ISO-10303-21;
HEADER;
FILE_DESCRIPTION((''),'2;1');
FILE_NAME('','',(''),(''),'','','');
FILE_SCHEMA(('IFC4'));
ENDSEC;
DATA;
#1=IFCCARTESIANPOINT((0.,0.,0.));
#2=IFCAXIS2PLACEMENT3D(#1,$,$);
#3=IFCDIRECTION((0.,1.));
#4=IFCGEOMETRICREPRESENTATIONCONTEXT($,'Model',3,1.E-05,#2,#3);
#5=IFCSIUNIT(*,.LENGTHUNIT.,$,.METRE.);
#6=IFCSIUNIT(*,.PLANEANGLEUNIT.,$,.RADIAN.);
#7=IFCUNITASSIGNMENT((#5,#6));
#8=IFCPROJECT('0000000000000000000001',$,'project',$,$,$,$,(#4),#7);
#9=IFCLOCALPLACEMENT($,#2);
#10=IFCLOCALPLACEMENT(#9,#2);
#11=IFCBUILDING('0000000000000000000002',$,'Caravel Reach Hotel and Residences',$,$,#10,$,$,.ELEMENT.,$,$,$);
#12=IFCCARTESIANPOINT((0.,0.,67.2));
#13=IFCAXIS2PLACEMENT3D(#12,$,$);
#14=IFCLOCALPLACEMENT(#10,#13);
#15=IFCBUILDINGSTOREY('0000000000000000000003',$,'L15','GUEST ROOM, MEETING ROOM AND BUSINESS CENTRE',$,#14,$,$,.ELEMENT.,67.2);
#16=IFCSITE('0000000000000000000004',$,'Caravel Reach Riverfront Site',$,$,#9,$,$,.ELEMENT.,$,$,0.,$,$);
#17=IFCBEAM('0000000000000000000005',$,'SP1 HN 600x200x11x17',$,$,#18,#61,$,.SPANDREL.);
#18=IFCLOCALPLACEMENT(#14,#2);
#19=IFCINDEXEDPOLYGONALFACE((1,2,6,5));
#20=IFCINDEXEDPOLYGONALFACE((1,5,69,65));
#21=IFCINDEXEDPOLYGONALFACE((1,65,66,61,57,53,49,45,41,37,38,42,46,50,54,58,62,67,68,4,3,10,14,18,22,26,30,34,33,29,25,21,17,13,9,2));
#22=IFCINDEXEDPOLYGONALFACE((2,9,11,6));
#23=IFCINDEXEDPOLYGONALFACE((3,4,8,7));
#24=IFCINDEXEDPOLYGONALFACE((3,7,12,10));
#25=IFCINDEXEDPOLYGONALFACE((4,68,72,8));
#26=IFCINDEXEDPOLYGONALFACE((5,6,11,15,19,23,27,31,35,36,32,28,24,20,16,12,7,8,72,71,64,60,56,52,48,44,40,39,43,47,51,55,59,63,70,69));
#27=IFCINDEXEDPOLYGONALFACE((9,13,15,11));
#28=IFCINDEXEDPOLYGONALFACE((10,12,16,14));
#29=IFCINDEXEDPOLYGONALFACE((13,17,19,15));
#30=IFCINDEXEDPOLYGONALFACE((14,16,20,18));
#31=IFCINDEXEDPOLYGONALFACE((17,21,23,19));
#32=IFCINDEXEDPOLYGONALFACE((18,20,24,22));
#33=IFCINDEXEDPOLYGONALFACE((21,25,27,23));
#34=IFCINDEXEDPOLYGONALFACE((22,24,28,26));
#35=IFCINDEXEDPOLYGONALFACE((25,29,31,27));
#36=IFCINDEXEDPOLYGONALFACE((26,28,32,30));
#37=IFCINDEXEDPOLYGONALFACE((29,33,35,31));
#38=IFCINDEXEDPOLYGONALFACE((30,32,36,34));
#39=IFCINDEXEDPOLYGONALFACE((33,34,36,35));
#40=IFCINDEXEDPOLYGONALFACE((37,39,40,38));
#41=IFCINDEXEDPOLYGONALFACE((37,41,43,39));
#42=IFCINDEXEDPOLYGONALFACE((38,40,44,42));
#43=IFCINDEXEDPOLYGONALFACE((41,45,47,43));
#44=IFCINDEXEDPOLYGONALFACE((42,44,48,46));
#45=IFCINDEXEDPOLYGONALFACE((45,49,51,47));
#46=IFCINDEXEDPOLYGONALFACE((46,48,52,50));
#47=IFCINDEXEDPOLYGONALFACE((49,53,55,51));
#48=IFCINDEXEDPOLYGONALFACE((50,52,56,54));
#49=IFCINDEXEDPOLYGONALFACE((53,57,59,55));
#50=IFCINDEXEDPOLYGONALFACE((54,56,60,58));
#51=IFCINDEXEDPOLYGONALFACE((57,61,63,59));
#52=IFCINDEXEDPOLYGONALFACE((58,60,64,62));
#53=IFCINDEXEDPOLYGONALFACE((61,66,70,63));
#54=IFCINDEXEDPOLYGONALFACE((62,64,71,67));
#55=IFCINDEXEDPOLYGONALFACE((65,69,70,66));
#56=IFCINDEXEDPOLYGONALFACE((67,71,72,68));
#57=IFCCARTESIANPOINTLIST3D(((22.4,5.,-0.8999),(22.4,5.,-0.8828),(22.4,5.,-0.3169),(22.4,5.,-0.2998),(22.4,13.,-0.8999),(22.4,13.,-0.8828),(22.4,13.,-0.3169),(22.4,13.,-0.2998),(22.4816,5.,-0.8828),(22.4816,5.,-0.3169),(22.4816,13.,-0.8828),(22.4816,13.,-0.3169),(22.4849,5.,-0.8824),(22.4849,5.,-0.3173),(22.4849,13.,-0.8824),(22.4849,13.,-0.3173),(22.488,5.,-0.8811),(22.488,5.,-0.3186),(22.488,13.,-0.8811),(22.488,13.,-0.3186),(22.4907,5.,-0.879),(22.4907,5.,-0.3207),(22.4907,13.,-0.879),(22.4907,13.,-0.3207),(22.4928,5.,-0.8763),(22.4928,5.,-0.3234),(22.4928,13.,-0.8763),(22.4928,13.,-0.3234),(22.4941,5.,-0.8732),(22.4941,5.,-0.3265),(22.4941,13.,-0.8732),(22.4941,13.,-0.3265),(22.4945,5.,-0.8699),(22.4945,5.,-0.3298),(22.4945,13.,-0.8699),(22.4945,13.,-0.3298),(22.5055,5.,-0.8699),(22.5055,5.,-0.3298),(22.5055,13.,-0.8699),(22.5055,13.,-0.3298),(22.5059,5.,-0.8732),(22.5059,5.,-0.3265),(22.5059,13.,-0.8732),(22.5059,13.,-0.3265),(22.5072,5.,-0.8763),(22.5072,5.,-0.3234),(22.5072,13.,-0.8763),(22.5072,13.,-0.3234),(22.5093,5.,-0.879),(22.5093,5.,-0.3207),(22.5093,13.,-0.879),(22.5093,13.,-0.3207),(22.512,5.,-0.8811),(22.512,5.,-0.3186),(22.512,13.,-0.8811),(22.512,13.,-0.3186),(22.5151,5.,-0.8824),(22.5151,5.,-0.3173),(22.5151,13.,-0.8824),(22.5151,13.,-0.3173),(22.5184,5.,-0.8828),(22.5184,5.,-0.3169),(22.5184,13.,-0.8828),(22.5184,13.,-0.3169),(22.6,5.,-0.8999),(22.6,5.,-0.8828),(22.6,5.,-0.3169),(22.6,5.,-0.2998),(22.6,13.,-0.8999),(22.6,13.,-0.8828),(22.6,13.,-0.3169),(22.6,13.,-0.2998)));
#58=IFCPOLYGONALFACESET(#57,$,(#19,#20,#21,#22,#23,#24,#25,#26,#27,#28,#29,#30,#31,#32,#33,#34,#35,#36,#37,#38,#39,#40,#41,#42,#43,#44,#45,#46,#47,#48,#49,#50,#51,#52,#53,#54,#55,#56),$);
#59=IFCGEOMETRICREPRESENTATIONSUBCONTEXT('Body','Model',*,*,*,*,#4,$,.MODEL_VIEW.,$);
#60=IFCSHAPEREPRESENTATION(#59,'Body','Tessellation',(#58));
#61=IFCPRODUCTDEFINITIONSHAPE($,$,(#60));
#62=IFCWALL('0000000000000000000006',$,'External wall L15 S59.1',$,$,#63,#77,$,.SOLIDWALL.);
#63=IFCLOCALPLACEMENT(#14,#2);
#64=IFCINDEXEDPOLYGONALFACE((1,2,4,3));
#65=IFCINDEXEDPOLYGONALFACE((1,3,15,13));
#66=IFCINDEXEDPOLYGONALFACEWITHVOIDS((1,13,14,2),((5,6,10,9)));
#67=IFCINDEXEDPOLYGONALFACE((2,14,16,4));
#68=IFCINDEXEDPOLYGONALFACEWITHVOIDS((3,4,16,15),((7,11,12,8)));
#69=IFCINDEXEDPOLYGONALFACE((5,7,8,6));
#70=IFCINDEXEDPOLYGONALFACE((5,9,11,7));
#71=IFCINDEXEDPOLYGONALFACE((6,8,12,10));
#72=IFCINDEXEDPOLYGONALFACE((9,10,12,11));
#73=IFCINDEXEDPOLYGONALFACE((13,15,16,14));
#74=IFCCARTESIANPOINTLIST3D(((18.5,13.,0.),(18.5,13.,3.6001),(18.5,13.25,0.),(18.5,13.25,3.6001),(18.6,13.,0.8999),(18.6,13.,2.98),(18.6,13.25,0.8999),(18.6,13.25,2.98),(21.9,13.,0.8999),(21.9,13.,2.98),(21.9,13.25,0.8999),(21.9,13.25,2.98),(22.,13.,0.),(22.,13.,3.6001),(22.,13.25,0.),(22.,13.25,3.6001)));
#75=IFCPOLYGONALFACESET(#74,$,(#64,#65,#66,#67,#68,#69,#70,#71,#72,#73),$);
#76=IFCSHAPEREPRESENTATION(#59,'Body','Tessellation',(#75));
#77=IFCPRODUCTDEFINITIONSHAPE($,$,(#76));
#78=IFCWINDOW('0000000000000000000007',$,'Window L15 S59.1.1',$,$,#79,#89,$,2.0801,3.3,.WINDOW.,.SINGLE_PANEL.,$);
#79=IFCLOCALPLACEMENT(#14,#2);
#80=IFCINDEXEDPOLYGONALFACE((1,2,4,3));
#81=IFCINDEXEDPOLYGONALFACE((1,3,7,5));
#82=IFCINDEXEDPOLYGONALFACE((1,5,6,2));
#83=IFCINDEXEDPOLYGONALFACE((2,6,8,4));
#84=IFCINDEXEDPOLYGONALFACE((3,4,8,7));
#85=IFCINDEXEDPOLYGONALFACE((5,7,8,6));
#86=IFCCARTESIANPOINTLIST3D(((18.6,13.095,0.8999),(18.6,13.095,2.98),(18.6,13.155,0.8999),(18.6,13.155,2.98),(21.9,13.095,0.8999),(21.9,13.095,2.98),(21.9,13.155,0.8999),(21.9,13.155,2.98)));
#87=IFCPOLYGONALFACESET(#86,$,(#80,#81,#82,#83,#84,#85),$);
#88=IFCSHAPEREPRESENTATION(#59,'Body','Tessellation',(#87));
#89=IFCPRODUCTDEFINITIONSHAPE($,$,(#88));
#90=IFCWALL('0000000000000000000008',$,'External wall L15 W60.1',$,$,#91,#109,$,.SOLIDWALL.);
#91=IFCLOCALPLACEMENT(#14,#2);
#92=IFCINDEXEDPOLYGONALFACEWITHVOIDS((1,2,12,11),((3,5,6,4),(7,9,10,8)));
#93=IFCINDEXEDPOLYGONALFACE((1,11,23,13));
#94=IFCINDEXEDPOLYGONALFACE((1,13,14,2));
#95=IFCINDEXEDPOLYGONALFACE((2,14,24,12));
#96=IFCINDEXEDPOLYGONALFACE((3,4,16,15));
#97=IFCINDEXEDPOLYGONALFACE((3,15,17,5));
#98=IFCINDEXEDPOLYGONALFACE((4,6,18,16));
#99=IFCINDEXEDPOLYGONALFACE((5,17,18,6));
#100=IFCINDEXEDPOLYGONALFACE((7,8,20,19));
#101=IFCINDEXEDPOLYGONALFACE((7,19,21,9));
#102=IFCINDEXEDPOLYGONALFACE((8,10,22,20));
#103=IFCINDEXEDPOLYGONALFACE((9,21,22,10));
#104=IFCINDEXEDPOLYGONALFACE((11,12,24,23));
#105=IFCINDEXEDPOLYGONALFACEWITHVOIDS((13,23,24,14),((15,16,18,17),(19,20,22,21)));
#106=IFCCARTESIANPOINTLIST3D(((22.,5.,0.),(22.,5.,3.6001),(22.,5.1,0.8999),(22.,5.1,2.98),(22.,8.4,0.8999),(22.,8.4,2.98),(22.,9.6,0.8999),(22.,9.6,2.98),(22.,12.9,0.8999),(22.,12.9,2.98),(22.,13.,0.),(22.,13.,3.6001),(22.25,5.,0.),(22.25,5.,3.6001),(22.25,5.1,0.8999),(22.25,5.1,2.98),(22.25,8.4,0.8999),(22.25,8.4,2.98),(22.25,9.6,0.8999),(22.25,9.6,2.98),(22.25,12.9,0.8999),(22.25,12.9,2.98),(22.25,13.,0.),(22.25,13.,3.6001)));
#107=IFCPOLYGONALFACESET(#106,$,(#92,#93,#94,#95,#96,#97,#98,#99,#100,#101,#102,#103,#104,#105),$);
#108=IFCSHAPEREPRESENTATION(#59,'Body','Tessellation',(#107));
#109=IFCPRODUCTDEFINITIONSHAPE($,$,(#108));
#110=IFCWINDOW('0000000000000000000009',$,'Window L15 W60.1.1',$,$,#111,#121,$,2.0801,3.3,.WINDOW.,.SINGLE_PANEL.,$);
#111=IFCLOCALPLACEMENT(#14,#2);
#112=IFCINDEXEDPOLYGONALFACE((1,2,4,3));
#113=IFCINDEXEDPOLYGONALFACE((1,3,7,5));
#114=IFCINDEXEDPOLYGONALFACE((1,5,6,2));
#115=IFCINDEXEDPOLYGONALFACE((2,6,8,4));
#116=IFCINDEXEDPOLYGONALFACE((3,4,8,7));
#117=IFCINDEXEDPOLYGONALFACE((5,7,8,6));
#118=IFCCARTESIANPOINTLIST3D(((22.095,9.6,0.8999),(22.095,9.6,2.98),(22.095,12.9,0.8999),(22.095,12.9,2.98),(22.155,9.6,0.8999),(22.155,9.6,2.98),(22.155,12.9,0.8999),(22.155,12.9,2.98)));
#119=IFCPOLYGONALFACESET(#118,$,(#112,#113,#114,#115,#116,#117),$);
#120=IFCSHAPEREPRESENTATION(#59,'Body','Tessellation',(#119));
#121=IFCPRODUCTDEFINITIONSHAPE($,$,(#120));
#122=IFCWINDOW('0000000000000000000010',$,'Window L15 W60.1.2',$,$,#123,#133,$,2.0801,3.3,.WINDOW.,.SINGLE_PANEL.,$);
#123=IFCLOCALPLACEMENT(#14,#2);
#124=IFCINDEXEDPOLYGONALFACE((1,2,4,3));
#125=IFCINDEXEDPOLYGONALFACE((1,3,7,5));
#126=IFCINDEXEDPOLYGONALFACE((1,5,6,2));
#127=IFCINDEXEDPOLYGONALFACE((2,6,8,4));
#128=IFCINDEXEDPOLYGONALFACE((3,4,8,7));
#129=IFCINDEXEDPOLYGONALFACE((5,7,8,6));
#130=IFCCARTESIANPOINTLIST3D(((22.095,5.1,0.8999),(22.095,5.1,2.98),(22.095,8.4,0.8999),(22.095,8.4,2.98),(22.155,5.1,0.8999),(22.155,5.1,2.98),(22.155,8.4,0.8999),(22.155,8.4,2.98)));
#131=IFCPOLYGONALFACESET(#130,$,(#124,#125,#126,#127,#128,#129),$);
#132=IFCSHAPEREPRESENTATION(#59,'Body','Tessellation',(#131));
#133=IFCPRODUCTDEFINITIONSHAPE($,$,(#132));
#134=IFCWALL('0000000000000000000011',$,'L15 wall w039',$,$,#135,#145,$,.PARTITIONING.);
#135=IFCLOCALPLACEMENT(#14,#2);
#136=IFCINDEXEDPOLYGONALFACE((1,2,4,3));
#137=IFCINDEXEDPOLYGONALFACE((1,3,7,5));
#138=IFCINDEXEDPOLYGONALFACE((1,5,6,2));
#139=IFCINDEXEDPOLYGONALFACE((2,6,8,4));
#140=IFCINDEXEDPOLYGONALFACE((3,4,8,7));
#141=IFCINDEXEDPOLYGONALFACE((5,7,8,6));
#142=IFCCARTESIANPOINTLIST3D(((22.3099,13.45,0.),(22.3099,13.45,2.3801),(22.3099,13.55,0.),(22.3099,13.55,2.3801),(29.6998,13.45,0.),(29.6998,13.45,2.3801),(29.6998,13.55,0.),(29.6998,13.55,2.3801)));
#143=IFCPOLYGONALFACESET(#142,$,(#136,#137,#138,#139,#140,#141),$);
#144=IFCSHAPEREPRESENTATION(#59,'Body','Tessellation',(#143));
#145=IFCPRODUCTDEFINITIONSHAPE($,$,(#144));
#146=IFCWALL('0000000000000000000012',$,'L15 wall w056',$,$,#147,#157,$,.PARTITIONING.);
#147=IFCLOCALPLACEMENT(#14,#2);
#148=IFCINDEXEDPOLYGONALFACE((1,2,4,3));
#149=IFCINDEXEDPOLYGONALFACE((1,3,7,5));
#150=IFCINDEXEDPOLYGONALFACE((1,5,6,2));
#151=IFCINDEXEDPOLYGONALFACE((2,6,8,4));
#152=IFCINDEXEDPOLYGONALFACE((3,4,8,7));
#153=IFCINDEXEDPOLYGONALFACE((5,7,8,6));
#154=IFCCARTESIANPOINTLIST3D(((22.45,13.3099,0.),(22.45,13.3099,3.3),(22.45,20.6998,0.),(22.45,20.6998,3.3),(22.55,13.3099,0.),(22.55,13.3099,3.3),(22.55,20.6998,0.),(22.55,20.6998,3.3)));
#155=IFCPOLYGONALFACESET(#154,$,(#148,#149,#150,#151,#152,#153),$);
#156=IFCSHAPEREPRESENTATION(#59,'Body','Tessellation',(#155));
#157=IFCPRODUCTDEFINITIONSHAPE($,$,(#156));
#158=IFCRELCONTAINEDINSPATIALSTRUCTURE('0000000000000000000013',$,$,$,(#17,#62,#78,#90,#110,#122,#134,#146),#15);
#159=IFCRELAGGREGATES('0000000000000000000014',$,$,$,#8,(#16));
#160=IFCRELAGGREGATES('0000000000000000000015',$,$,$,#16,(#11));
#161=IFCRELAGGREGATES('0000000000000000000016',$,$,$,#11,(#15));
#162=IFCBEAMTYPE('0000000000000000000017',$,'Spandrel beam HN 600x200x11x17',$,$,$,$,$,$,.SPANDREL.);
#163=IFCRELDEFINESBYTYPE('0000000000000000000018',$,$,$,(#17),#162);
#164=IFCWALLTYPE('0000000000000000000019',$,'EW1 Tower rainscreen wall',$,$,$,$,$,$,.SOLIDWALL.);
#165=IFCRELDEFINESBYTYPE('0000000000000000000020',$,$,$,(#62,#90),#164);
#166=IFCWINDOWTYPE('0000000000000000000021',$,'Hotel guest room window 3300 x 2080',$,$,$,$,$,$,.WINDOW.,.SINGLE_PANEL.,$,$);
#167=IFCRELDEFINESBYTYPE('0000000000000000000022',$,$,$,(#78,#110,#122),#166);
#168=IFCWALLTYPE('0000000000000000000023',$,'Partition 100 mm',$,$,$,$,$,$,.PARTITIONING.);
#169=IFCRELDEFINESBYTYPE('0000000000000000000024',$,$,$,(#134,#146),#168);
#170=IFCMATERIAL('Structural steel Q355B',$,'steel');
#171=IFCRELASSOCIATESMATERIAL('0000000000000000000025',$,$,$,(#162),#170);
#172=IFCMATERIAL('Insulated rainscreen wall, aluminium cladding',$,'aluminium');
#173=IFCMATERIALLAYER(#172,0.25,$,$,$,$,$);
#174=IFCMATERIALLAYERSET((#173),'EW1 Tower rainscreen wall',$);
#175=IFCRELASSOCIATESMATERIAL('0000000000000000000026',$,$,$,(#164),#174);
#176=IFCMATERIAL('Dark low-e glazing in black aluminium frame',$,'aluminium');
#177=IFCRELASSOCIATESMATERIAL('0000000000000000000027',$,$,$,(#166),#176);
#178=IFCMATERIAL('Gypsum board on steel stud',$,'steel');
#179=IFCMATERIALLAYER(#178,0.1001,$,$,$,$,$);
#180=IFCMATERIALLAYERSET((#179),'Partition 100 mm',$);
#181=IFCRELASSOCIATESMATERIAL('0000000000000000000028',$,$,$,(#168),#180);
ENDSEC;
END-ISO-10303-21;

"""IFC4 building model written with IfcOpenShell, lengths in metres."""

from ifc_helpers import new_model, si_unit, direction, frame, frame_2d, origin, origin_2d, place, context, subcontext, project, spatial, rectangle, i_section, extrude, material, layer, layer_set, material_profile, profile_set, type_object, element, fill, save


model = new_model("IFC4")

# Units and contexts
model_context = context("Model", 3, precision=1e-05, world=origin(), true_north=direction((0.0, 1.0)))
body_context = subcontext(model_context, "Body", "Model", "MODEL_VIEW")
ifc_project = project(units=[si_unit("LENGTHUNIT", "METRE"), si_unit("PLANEANGLEUNIT", "RADIAN")], contexts=[model_context])

# Site, building, storey
site_placement = place(None, origin())
site = spatial("IfcSite", under=ifc_project, at=site_placement, Name="Caravel Reach Riverfront Site", CompositionType="ELEMENT", RefElevation=0.0)
building_placement = place(site_placement, origin())
building = spatial("IfcBuilding", under=site, at=building_placement, Name="Caravel Reach Hotel and Residences", CompositionType="ELEMENT")
storey_placement = place(building_placement, frame((0.0, 0.0, 67.2)))
storey = spatial("IfcBuildingStorey", under=building, at=storey_placement, Name="L15", Description="GUEST ROOM, MEETING ROOM AND BUSINESS CENTRE", CompositionType="ELEMENT", Elevation=67.2)

# Beam
ifc_material_1 = material(Name="Structural steel Q355B", Category="steel")
ifc_material_profile_1 = material_profile(ifc_material_1, i_section(OverallWidth=0.2, OverallDepth=0.6001, WebThickness=0.011, FlangeThickness=0.0171, FilletRadius=0.0129, at=origin_2d()), Name="HN 600x200x11x17")
ifc_profile_set_1 = profile_set([ifc_material_profile_1], Name="Structural steel Q355B")
beam_type_1 = type_object("IfcBeamType", Name="Spandrel beam HN 600x200x11x17", PredefinedType="SPANDREL", material=ifc_profile_set_1)
beam_1_placement = place(storey_placement, frame((22.5, 13.0, -0.5999), z_axis=(0.0, -1.0, 0.0), x_axis=(1.0, 0.0, 0.0)))
element("IfcBeam", 1, at=beam_1_placement, inside=storey, type_object=beam_type_1, Name="SP1 HN 600x200x11x17", PredefinedType="SPANDREL", context=body_context, shape_type="SweptSolid", body=[
    extrude(i_section(OverallWidth=0.2, OverallDepth=0.6001, WebThickness=0.011, FlangeThickness=0.0171, FilletRadius=0.0129, at=origin_2d()), origin(), (0.0, 0.0, 1.0), 8.0),
])

# Wall, opening, window
ifc_material_2 = material(Name="Insulated rainscreen wall, aluminium cladding", Category="aluminium")
ifc_layer_1 = layer(ifc_material_2, 0.25)
ifc_layer_set_1 = layer_set([ifc_layer_1], Name="EW1 Tower rainscreen wall")
wall_type_1 = type_object("IfcWallType", Name="EW1 Tower rainscreen wall", PredefinedType="SOLIDWALL", material=ifc_layer_set_1)
wall_1_placement = place(storey_placement, frame((18.5, 13.125, 0.0), z_axis=(0.0, 0.0, 1.0), x_axis=(1.0, 0.0, 0.0)))
wall_1 = element("IfcWall", 2, at=wall_1_placement, inside=storey, type_object=wall_type_1, Name="External wall L15 S59.1", PredefinedType="SOLIDWALL", context=body_context, shape_type="SweptSolid", body=[
    extrude(rectangle(XDim=3.5, YDim=0.25, at=frame_2d((1.75, 0.0))), origin(), (0.0, 0.0, 1.0), 3.6001),
])
opening_1_placement = place(wall_1_placement, frame((0.1001, 0.0, 0.8999)))
opening_1 = element("IfcOpeningElement", 3, at=opening_1_placement, cuts=wall_1, PredefinedType="OPENING", context=body_context, shape_type="SweptSolid", body=[
    extrude(rectangle(XDim=3.3, YDim=2.0801, at=frame_2d((1.6499, 1.04))), frame((0.0, 0.135, 0.0), z_axis=(0.0, -1.0, 0.0), x_axis=(1.0, 0.0, 0.0)), (0.0, 0.0, 1.0), 0.27),
])
ifc_material_3 = material(Name="Dark low-e glazing in black aluminium frame", Category="aluminium")
window_type = type_object("IfcWindowType", Name="Hotel guest room window 3300 x 2080", PartitioningType="SINGLE_PANEL", PredefinedType="WINDOW", material=ifc_material_3)
window_1_placement = place(opening_1_placement, origin())
window_1 = element("IfcWindow", 4, at=window_1_placement, inside=storey, type_object=window_type, Name="Window L15 S59.1.1", OverallHeight=2.0801, OverallWidth=3.3, PartitioningType="SINGLE_PANEL", PredefinedType="WINDOW", context=body_context, shape_type="SweptSolid", body=[
    extrude(rectangle(XDim=3.3, YDim=2.0801, at=frame_2d((1.6499, 1.04))), frame((0.0, 0.03, 0.0), z_axis=(0.0, -1.0, 0.0), x_axis=(1.0, 0.0, 0.0)), (0.0, 0.0, 1.0), 0.0601),
])
fill(opening_1, window_1)

# Wall, openings, windows
wall_2_placement = place(storey_placement, frame((22.125, 13.0, 0.0), z_axis=(0.0, 0.0, 1.0), x_axis=(0.0, -1.0, 0.0)))
wall_2 = element("IfcWall", 5, at=wall_2_placement, inside=storey, type_object=wall_type_1, Name="External wall L15 W60.1", PredefinedType="SOLIDWALL", context=body_context, shape_type="SweptSolid", body=[
    extrude(rectangle(XDim=8.0, YDim=0.25, at=frame_2d((4.0, 0.0))), origin(), (0.0, 0.0, 1.0), 3.6001),
])
opening_2_placement = place(wall_2_placement, frame((0.1001, 0.0, 0.8999)))
opening_2 = element("IfcOpeningElement", 6, at=opening_2_placement, cuts=wall_2, PredefinedType="OPENING", context=body_context, shape_type="SweptSolid", body=[
    extrude(rectangle(XDim=3.3, YDim=2.0801, at=frame_2d((1.6499, 1.04))), frame((0.0, 0.135, 0.0), z_axis=(0.0, -1.0, 0.0), x_axis=(1.0, 0.0, 0.0)), (0.0, 0.0, 1.0), 0.27),
])
opening_3_placement = place(wall_2_placement, frame((4.6001, 0.0, 0.8999)))
opening_3 = element("IfcOpeningElement", 7, at=opening_3_placement, cuts=wall_2, PredefinedType="OPENING", context=body_context, shape_type="SweptSolid", body=[
    extrude(rectangle(XDim=3.3, YDim=2.0801, at=frame_2d((1.6499, 1.04))), frame((0.0, 0.135, 0.0), z_axis=(0.0, -1.0, 0.0), x_axis=(1.0, 0.0, 0.0)), (0.0, 0.0, 1.0), 0.27),
])
window_2_placement = place(opening_2_placement, origin())
window_2 = element("IfcWindow", 8, at=window_2_placement, inside=storey, type_object=window_type, Name="Window L15 W60.1.1", OverallHeight=2.0801, OverallWidth=3.3, PartitioningType="SINGLE_PANEL", PredefinedType="WINDOW", context=body_context, shape_type="SweptSolid", body=[
    extrude(rectangle(XDim=3.3, YDim=2.0801, at=frame_2d((1.6499, 1.04))), frame((0.0, 0.03, 0.0), z_axis=(0.0, -1.0, 0.0), x_axis=(1.0, 0.0, 0.0)), (0.0, 0.0, 1.0), 0.0601),
])
fill(opening_2, window_2)
window_3_placement = place(opening_3_placement, origin())
window_3 = element("IfcWindow", 9, at=window_3_placement, inside=storey, type_object=window_type, Name="Window L15 W60.1.2", OverallHeight=2.0801, OverallWidth=3.3, PartitioningType="SINGLE_PANEL", PredefinedType="WINDOW", context=body_context, shape_type="SweptSolid", body=[
    extrude(rectangle(XDim=3.3, YDim=2.0801, at=frame_2d((1.6499, 1.04))), frame((0.0, 0.03, 0.0), z_axis=(0.0, -1.0, 0.0), x_axis=(1.0, 0.0, 0.0)), (0.0, 0.0, 1.0), 0.0601),
])
fill(opening_3, window_3)

# Walls
ifc_material_4 = material(Name="Gypsum board on steel stud", Category="steel")
ifc_layer_2 = layer(ifc_material_4, 0.1001)
ifc_layer_set_2 = layer_set([ifc_layer_2], Name="Partition 100 mm")
wall_type_2 = type_object("IfcWallType", Name="Partition 100 mm", PredefinedType="PARTITIONING", material=ifc_layer_set_2)
wall_3_placement = place(storey_placement, frame((22.3101, 13.5, 0.0), z_axis=(0.0, 0.0, 1.0), x_axis=(1.0, 0.0, 0.0)))
element("IfcWall", 10, at=wall_3_placement, inside=storey, type_object=wall_type_2, Name="L15 wall w039", PredefinedType="PARTITIONING", context=body_context, shape_type="SweptSolid", body=[
    extrude(rectangle(XDim=7.3899, YDim=0.1001, at=frame_2d((3.6948, 0.0))), origin(), (0.0, 0.0, 1.0), 2.3801),
])
wall_4_placement = place(storey_placement, frame((22.5, 13.3101, 0.0), z_axis=(0.0, 0.0, 1.0), x_axis=(0.0, 1.0, 0.0)))
element("IfcWall", 11, at=wall_4_placement, inside=storey, type_object=wall_type_2, Name="L15 wall w056", PredefinedType="PARTITIONING", context=body_context, shape_type="SweptSolid", body=[
    extrude(rectangle(XDim=7.3899, YDim=0.1001, at=frame_2d((3.6948, 0.0))), origin(), (0.0, 0.0, 1.0), 3.3),
])

save(model, "model.ifc")
